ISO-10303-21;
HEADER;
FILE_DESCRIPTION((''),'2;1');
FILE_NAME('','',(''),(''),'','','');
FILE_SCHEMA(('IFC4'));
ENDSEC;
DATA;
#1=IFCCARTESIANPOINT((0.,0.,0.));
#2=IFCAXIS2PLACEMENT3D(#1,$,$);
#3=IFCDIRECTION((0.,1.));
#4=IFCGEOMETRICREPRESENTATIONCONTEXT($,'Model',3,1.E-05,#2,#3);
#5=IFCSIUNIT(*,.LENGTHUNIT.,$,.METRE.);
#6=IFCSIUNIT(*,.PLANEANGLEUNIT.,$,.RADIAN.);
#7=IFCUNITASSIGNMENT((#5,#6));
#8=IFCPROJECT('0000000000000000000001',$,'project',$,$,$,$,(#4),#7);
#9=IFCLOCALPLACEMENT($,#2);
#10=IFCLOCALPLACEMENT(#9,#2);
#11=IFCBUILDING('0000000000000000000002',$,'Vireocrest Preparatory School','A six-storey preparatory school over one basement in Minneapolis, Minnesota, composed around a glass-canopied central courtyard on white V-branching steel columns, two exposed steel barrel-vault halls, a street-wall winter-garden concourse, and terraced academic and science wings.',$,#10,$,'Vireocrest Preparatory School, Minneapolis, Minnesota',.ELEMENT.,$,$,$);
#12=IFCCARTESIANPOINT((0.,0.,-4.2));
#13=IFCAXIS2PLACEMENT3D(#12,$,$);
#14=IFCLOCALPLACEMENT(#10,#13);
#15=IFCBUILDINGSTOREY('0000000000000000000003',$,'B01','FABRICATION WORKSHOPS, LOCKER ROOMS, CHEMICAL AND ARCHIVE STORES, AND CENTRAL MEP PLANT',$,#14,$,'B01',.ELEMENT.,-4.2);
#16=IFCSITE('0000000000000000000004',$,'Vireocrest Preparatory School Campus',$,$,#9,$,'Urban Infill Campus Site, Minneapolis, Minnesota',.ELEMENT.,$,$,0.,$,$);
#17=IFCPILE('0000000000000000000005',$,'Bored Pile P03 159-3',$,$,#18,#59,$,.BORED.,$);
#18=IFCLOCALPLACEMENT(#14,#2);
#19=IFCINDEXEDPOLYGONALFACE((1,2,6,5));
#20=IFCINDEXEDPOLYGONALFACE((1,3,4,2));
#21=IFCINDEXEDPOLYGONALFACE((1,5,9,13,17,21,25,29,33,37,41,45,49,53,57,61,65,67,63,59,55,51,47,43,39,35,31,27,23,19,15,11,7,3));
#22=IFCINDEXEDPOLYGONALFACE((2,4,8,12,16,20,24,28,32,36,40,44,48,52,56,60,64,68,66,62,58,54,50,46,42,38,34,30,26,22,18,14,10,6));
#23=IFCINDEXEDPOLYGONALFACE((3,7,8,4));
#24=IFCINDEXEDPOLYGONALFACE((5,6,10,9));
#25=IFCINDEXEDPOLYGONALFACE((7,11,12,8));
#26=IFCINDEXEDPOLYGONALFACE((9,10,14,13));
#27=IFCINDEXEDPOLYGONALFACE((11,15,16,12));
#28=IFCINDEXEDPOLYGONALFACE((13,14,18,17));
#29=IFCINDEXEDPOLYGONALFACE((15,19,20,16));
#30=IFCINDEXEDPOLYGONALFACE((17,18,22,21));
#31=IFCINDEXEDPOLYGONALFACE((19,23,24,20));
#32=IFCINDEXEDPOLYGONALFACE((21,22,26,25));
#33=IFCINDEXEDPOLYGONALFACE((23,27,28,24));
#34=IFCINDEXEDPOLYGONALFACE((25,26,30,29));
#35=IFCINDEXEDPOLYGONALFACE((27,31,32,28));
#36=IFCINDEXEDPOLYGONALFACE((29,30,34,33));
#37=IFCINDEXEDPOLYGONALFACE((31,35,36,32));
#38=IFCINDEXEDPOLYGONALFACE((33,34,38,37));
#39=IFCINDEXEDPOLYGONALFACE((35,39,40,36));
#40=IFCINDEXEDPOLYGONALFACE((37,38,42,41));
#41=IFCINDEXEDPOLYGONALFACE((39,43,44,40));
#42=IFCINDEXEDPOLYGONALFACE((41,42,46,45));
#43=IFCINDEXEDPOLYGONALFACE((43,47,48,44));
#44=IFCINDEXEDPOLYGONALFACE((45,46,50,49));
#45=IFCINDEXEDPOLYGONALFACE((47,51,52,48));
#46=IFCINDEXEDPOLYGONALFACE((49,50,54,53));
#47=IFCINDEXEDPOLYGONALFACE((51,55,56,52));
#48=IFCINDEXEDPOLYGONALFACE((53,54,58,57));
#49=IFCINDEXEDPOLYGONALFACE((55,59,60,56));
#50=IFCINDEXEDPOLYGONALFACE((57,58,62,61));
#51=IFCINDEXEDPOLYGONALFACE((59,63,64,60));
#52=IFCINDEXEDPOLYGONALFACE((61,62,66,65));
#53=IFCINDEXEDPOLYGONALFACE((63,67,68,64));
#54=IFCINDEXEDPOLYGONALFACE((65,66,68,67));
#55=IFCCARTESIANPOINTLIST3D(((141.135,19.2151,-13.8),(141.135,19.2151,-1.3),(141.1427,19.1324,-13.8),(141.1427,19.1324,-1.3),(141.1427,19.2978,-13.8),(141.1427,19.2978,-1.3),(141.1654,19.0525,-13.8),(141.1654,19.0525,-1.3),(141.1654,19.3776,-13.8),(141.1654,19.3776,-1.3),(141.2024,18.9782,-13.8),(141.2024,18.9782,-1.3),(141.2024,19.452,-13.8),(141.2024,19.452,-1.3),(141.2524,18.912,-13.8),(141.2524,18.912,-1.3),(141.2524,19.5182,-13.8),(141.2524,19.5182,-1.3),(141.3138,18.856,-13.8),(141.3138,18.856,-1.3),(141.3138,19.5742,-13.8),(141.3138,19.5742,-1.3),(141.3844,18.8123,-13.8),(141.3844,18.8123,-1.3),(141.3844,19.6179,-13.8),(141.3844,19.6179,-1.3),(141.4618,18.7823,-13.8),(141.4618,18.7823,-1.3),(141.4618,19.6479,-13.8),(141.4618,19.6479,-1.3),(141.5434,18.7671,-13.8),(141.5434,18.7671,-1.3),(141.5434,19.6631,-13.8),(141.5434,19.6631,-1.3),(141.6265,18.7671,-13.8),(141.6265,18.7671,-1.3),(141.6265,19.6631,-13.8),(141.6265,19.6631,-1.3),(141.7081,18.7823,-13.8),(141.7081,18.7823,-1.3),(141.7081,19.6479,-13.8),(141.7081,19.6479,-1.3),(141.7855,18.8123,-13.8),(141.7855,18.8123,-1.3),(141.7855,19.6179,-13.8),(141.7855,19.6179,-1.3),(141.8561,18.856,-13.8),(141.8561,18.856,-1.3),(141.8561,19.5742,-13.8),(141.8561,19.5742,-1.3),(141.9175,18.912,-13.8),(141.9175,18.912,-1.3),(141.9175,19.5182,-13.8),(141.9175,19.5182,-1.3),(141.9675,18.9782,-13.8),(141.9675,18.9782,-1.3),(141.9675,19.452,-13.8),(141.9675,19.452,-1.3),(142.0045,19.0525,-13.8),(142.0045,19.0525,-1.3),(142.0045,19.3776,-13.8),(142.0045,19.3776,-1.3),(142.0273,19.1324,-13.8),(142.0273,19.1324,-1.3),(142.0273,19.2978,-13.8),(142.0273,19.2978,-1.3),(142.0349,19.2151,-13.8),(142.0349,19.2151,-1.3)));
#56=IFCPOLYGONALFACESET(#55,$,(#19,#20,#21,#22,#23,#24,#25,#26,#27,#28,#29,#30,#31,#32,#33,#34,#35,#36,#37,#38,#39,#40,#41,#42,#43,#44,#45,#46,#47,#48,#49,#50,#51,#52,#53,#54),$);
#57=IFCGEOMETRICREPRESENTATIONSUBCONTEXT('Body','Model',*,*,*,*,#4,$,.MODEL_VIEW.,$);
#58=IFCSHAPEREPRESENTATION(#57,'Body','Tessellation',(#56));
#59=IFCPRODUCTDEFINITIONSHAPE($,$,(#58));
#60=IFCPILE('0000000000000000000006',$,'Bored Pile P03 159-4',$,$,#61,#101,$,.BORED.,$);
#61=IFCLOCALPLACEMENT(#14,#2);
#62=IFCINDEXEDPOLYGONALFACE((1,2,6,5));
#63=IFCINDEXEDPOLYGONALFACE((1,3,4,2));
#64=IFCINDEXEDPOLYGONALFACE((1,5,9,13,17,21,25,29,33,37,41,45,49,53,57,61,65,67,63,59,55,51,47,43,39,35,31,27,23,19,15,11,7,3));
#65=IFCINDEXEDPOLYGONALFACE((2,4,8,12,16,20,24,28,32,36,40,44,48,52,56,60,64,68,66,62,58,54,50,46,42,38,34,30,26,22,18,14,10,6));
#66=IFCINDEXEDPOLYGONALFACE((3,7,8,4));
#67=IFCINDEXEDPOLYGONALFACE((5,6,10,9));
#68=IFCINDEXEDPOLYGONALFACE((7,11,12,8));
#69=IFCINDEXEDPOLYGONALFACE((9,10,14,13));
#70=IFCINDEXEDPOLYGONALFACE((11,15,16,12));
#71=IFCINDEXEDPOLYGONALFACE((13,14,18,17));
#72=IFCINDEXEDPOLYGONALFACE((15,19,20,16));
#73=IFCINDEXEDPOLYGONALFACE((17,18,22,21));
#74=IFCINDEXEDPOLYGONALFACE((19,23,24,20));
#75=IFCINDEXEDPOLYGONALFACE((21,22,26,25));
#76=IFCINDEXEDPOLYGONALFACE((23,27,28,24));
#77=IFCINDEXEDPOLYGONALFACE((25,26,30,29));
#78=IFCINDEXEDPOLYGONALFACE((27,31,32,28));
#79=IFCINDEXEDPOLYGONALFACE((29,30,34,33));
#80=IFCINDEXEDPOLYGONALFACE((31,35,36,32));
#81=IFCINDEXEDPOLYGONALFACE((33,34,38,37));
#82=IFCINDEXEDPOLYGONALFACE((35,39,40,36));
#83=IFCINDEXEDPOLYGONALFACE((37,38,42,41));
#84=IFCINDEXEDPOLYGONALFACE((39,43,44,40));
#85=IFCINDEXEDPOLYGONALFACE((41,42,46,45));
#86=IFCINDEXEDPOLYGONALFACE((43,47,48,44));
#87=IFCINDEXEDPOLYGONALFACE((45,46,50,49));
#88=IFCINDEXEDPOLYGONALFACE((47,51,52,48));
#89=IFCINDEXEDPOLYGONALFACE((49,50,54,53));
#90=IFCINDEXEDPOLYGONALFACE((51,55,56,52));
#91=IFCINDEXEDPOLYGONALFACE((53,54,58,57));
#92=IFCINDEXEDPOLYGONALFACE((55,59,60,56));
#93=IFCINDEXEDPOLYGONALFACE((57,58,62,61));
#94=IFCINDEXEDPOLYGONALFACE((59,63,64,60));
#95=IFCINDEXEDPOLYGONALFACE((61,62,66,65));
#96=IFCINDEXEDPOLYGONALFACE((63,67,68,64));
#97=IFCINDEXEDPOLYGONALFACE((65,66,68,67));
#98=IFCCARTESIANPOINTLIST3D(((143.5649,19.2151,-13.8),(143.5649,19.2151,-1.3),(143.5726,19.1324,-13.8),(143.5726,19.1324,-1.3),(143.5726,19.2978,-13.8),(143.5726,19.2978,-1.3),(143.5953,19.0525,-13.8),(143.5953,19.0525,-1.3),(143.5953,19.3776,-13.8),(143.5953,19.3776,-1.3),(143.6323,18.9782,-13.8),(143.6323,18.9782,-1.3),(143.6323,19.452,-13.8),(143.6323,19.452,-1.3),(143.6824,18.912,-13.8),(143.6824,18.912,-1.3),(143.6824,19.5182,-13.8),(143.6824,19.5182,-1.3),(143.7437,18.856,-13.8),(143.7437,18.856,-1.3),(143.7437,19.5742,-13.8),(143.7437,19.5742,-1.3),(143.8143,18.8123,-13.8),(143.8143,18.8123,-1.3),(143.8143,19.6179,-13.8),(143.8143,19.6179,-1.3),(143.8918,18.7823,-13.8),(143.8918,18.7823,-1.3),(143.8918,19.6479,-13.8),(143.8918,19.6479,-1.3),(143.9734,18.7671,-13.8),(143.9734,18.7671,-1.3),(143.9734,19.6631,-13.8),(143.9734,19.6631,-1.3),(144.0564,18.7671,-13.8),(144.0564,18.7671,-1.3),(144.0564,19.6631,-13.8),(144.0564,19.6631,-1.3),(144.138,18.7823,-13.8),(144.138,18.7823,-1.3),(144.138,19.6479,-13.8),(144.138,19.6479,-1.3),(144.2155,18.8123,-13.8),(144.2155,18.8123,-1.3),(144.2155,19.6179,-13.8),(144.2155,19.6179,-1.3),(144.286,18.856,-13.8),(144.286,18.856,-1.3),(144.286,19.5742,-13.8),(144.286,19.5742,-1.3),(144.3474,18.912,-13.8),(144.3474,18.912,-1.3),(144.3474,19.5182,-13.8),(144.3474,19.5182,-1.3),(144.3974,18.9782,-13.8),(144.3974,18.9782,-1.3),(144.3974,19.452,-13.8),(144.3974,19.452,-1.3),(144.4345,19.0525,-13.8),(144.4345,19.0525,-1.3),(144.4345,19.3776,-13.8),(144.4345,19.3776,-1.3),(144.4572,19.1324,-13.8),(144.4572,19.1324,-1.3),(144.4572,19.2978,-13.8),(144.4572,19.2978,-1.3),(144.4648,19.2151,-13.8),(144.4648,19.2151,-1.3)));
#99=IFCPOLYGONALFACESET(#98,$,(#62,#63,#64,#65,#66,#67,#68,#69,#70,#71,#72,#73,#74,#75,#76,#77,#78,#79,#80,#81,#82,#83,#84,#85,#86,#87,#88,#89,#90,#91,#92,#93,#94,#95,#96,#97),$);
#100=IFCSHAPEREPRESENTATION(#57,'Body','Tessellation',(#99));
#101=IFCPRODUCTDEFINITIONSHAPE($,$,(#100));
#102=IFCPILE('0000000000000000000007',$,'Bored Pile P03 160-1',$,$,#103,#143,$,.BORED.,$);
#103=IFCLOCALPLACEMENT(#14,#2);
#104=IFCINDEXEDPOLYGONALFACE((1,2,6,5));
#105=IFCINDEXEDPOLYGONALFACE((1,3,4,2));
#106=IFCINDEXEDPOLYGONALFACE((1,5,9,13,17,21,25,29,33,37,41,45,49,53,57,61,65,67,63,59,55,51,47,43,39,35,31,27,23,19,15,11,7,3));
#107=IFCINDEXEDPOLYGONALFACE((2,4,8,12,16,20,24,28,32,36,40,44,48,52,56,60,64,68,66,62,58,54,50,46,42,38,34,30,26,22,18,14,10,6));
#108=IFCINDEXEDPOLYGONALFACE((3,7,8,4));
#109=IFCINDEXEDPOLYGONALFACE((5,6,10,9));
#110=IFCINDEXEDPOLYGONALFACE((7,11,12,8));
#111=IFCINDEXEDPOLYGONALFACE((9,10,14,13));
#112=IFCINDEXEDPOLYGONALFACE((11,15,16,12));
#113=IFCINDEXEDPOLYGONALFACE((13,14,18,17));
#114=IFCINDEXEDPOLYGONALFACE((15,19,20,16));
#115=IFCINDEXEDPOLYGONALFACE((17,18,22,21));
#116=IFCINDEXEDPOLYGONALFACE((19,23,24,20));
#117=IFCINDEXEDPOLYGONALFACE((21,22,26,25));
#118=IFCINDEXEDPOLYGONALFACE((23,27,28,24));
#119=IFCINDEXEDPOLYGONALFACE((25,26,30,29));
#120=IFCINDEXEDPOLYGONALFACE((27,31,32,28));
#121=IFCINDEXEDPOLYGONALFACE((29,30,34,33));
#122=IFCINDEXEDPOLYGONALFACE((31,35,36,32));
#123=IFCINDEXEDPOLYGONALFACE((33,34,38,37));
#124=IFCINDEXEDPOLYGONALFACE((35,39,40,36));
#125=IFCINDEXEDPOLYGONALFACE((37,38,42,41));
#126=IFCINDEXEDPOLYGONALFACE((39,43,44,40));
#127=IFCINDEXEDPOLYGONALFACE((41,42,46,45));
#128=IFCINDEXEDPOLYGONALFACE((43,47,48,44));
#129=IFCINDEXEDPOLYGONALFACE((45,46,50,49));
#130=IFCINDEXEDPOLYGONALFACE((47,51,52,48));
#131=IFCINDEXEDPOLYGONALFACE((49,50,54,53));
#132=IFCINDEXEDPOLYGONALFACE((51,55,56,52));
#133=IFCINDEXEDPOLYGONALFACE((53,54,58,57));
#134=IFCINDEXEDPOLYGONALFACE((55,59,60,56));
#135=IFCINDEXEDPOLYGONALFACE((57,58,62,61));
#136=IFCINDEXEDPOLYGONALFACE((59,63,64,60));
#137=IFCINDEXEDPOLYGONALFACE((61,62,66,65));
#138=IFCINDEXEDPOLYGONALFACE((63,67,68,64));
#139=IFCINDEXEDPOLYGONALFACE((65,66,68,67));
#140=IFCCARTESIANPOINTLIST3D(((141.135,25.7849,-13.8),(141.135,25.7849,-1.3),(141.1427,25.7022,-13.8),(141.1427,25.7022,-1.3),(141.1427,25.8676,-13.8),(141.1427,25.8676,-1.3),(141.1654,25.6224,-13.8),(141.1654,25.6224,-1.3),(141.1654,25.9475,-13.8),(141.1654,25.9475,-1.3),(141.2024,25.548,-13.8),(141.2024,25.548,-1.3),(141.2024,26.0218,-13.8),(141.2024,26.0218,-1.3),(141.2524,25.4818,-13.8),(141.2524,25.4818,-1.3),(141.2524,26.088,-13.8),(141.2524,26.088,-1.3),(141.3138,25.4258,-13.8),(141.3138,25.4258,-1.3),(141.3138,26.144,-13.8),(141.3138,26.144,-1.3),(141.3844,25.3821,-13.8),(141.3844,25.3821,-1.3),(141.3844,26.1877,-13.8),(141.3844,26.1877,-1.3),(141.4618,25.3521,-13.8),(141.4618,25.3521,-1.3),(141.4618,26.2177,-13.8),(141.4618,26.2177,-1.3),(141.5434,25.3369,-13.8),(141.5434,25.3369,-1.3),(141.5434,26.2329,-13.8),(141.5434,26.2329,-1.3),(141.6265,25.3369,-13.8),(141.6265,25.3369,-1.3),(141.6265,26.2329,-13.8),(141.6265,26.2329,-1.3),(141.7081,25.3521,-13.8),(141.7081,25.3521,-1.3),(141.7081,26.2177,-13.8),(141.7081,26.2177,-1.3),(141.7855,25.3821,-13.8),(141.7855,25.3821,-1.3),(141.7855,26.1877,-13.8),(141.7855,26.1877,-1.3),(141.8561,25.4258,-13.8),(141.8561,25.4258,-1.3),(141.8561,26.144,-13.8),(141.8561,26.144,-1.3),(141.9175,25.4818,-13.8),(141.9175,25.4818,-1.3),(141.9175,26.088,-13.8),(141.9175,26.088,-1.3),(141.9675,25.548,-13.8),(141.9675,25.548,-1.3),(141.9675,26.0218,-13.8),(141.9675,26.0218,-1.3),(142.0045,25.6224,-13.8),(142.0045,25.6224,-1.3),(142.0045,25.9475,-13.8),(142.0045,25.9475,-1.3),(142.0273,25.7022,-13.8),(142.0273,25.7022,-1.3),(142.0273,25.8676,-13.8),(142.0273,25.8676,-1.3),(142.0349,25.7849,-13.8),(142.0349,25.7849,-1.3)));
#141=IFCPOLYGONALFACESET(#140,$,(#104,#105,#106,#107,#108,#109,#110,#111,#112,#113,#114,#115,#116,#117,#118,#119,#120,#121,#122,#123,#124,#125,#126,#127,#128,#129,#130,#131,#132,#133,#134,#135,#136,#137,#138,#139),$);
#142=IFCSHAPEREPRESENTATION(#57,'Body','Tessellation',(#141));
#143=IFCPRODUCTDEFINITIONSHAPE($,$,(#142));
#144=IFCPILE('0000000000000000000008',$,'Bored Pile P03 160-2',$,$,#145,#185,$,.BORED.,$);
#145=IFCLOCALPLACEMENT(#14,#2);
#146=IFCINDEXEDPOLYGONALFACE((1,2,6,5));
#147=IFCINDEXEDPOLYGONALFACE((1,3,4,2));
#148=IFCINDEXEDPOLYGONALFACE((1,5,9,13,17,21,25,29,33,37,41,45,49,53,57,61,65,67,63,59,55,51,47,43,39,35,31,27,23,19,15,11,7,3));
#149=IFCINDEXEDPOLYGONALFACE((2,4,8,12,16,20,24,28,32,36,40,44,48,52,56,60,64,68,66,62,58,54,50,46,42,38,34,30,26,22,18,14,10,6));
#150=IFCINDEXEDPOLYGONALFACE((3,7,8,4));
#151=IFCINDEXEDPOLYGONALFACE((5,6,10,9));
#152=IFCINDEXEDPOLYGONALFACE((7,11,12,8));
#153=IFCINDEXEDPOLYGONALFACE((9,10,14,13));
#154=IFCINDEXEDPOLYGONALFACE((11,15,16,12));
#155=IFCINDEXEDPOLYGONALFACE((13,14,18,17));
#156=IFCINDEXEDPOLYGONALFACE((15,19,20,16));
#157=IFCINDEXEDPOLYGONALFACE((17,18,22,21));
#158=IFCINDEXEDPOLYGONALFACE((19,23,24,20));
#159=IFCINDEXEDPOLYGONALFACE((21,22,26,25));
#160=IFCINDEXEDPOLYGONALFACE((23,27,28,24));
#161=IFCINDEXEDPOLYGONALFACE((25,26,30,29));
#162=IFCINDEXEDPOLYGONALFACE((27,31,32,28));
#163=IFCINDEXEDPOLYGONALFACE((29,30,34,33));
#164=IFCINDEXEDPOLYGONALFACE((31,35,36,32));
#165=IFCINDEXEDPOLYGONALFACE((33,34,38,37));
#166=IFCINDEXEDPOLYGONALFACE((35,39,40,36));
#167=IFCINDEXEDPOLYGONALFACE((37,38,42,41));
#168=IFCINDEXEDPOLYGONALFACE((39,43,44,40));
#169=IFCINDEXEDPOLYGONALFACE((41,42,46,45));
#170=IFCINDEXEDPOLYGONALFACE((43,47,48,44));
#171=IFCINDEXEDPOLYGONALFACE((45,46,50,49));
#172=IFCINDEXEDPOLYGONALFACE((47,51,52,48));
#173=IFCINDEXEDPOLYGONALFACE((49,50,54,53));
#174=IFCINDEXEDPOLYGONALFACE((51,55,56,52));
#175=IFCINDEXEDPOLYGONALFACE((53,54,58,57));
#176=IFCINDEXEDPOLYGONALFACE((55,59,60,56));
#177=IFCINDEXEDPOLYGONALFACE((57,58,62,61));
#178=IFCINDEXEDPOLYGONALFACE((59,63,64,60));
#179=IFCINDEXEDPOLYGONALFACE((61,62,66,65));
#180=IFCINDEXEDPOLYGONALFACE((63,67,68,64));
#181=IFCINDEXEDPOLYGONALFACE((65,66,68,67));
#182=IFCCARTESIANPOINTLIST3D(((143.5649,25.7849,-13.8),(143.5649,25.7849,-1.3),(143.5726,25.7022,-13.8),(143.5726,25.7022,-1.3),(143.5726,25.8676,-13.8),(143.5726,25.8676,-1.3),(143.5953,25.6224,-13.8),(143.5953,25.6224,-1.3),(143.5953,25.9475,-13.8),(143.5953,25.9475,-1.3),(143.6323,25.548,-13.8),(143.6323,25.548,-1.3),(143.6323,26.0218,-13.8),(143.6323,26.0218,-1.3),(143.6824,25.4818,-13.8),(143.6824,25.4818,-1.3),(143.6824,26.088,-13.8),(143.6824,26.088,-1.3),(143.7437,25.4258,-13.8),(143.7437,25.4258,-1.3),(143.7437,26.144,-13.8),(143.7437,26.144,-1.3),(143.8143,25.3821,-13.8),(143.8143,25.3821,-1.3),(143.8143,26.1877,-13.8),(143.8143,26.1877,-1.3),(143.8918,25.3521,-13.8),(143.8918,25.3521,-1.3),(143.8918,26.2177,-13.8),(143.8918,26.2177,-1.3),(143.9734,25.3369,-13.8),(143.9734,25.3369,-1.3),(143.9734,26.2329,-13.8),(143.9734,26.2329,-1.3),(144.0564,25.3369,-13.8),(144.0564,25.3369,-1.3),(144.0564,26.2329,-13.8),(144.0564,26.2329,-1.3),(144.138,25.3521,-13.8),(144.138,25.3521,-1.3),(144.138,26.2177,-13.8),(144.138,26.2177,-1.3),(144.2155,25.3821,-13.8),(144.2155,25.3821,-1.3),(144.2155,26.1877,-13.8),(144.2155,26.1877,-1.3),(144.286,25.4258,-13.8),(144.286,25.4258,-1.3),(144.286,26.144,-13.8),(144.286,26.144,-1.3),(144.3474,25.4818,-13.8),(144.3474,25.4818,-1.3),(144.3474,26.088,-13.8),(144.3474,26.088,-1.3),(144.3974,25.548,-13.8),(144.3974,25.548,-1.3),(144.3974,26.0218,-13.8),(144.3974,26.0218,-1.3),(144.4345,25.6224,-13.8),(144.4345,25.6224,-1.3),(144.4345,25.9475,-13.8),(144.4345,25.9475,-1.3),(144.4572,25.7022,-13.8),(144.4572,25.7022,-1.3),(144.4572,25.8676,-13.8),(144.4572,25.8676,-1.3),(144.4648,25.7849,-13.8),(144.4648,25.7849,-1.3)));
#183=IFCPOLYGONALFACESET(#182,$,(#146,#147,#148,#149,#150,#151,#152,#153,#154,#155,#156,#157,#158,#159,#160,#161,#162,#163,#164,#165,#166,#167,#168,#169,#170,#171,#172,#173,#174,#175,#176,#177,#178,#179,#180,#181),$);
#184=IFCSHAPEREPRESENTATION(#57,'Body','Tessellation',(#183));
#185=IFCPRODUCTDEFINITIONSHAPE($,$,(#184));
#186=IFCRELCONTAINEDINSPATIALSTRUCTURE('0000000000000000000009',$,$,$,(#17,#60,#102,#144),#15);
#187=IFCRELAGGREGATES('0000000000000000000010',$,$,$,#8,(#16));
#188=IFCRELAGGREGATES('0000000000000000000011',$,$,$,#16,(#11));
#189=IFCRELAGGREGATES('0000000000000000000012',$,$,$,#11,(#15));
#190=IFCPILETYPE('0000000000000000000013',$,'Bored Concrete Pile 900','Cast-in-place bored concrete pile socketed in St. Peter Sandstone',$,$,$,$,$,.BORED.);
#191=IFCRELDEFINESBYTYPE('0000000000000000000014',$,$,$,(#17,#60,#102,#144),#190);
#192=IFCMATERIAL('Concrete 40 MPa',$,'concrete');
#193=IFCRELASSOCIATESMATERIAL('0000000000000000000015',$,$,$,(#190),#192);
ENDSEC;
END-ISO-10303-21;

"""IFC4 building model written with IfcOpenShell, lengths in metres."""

from ifc_helpers import new_model, si_unit, direction, frame, origin, origin_2d, place, context, subcontext, project, spatial, circle, extrude, material, material_profile, profile_set, type_object, element, save


model = new_model("IFC4")

# Units and contexts
model_context = context("Model", 3, precision=1e-05, world=origin(), true_north=direction((0.0, 1.0)))
body_context = subcontext(model_context, "Body", "Model", "MODEL_VIEW")
ifc_project = project(units=[si_unit("LENGTHUNIT", "METRE"), si_unit("PLANEANGLEUNIT", "RADIAN")], contexts=[model_context])

# Site, building, storey
site_placement = place(None, origin())
site = spatial("IfcSite", under=ifc_project, at=site_placement, Name="Vireocrest Preparatory School Campus", LongName="Urban Infill Campus Site, Minneapolis, Minnesota", CompositionType="ELEMENT", RefElevation=0.0)
building_placement = place(site_placement, origin())
building = spatial("IfcBuilding", under=site, at=building_placement, Name="Vireocrest Preparatory School", Description="A six-storey preparatory school over one basement in Minneapolis, Minnesota, composed around a glass-canopied central courtyard on white V-branching steel columns, two exposed steel barrel-vault halls, a street-wall winter-garden concourse, and terraced academic and science wings.", LongName="Vireocrest Preparatory School, Minneapolis, Minnesota", CompositionType="ELEMENT")
storey_placement = place(building_placement, frame((0.0, 0.0, -4.2)))
storey = spatial("IfcBuildingStorey", under=building, at=storey_placement, Name="B01", Description="FABRICATION WORKSHOPS, LOCKER ROOMS, CHEMICAL AND ARCHIVE STORES, AND CENTRAL MEP PLANT", LongName="B01", CompositionType="ELEMENT", Elevation=-4.2)

# Piles
ifc_material_1 = material(Name="Concrete 40 MPa", Category="concrete")
ifc_material_profile_1 = material_profile(ifc_material_1, circle(Radius=0.45, at=origin_2d()), Name="BORED PILE 900")
ifc_profile_set_1 = profile_set([ifc_material_profile_1], Name="Concrete 40 MPa")
pile_type_1 = type_object("IfcPileType", Name="Bored Concrete Pile 900", Description="Cast-in-place bored concrete pile socketed in St. Peter Sandstone", PredefinedType="BORED", material=ifc_profile_set_1)
for number, where, z_axis, x_axis, name in (
    (1, (141.585, 19.2151, -1.3), (0.0, 0.0, -1.0), (1.0, 0.0, 0.0), "Bored Pile P03 159-3"),
    (2, (144.0149, 19.2151, -1.3), (0.0, 0.0, -1.0), (1.0, 0.0, 0.0), "Bored Pile P03 159-4"),
    (3, (141.585, 25.7849, -1.3), (0.0, 0.0, -1.0), (1.0, 0.0, 0.0), "Bored Pile P03 160-1"),
    (4, (144.0149, 25.7849, -1.3), (0.0, 0.0, -1.0), (1.0, 0.0, 0.0), "Bored Pile P03 160-2"),
):
    element("IfcPile", number, at=place(storey_placement, frame(where, z_axis=z_axis, x_axis=x_axis)), inside=storey, type_object=pile_type_1, Name=name, PredefinedType="BORED", context=body_context, shape_type="SweptSolid", body=[
        extrude(circle(Radius=0.45, at=origin_2d()), origin(), (0.0, 0.0, 1.0), 12.5),
    ])

save(model, "model.ifc")
